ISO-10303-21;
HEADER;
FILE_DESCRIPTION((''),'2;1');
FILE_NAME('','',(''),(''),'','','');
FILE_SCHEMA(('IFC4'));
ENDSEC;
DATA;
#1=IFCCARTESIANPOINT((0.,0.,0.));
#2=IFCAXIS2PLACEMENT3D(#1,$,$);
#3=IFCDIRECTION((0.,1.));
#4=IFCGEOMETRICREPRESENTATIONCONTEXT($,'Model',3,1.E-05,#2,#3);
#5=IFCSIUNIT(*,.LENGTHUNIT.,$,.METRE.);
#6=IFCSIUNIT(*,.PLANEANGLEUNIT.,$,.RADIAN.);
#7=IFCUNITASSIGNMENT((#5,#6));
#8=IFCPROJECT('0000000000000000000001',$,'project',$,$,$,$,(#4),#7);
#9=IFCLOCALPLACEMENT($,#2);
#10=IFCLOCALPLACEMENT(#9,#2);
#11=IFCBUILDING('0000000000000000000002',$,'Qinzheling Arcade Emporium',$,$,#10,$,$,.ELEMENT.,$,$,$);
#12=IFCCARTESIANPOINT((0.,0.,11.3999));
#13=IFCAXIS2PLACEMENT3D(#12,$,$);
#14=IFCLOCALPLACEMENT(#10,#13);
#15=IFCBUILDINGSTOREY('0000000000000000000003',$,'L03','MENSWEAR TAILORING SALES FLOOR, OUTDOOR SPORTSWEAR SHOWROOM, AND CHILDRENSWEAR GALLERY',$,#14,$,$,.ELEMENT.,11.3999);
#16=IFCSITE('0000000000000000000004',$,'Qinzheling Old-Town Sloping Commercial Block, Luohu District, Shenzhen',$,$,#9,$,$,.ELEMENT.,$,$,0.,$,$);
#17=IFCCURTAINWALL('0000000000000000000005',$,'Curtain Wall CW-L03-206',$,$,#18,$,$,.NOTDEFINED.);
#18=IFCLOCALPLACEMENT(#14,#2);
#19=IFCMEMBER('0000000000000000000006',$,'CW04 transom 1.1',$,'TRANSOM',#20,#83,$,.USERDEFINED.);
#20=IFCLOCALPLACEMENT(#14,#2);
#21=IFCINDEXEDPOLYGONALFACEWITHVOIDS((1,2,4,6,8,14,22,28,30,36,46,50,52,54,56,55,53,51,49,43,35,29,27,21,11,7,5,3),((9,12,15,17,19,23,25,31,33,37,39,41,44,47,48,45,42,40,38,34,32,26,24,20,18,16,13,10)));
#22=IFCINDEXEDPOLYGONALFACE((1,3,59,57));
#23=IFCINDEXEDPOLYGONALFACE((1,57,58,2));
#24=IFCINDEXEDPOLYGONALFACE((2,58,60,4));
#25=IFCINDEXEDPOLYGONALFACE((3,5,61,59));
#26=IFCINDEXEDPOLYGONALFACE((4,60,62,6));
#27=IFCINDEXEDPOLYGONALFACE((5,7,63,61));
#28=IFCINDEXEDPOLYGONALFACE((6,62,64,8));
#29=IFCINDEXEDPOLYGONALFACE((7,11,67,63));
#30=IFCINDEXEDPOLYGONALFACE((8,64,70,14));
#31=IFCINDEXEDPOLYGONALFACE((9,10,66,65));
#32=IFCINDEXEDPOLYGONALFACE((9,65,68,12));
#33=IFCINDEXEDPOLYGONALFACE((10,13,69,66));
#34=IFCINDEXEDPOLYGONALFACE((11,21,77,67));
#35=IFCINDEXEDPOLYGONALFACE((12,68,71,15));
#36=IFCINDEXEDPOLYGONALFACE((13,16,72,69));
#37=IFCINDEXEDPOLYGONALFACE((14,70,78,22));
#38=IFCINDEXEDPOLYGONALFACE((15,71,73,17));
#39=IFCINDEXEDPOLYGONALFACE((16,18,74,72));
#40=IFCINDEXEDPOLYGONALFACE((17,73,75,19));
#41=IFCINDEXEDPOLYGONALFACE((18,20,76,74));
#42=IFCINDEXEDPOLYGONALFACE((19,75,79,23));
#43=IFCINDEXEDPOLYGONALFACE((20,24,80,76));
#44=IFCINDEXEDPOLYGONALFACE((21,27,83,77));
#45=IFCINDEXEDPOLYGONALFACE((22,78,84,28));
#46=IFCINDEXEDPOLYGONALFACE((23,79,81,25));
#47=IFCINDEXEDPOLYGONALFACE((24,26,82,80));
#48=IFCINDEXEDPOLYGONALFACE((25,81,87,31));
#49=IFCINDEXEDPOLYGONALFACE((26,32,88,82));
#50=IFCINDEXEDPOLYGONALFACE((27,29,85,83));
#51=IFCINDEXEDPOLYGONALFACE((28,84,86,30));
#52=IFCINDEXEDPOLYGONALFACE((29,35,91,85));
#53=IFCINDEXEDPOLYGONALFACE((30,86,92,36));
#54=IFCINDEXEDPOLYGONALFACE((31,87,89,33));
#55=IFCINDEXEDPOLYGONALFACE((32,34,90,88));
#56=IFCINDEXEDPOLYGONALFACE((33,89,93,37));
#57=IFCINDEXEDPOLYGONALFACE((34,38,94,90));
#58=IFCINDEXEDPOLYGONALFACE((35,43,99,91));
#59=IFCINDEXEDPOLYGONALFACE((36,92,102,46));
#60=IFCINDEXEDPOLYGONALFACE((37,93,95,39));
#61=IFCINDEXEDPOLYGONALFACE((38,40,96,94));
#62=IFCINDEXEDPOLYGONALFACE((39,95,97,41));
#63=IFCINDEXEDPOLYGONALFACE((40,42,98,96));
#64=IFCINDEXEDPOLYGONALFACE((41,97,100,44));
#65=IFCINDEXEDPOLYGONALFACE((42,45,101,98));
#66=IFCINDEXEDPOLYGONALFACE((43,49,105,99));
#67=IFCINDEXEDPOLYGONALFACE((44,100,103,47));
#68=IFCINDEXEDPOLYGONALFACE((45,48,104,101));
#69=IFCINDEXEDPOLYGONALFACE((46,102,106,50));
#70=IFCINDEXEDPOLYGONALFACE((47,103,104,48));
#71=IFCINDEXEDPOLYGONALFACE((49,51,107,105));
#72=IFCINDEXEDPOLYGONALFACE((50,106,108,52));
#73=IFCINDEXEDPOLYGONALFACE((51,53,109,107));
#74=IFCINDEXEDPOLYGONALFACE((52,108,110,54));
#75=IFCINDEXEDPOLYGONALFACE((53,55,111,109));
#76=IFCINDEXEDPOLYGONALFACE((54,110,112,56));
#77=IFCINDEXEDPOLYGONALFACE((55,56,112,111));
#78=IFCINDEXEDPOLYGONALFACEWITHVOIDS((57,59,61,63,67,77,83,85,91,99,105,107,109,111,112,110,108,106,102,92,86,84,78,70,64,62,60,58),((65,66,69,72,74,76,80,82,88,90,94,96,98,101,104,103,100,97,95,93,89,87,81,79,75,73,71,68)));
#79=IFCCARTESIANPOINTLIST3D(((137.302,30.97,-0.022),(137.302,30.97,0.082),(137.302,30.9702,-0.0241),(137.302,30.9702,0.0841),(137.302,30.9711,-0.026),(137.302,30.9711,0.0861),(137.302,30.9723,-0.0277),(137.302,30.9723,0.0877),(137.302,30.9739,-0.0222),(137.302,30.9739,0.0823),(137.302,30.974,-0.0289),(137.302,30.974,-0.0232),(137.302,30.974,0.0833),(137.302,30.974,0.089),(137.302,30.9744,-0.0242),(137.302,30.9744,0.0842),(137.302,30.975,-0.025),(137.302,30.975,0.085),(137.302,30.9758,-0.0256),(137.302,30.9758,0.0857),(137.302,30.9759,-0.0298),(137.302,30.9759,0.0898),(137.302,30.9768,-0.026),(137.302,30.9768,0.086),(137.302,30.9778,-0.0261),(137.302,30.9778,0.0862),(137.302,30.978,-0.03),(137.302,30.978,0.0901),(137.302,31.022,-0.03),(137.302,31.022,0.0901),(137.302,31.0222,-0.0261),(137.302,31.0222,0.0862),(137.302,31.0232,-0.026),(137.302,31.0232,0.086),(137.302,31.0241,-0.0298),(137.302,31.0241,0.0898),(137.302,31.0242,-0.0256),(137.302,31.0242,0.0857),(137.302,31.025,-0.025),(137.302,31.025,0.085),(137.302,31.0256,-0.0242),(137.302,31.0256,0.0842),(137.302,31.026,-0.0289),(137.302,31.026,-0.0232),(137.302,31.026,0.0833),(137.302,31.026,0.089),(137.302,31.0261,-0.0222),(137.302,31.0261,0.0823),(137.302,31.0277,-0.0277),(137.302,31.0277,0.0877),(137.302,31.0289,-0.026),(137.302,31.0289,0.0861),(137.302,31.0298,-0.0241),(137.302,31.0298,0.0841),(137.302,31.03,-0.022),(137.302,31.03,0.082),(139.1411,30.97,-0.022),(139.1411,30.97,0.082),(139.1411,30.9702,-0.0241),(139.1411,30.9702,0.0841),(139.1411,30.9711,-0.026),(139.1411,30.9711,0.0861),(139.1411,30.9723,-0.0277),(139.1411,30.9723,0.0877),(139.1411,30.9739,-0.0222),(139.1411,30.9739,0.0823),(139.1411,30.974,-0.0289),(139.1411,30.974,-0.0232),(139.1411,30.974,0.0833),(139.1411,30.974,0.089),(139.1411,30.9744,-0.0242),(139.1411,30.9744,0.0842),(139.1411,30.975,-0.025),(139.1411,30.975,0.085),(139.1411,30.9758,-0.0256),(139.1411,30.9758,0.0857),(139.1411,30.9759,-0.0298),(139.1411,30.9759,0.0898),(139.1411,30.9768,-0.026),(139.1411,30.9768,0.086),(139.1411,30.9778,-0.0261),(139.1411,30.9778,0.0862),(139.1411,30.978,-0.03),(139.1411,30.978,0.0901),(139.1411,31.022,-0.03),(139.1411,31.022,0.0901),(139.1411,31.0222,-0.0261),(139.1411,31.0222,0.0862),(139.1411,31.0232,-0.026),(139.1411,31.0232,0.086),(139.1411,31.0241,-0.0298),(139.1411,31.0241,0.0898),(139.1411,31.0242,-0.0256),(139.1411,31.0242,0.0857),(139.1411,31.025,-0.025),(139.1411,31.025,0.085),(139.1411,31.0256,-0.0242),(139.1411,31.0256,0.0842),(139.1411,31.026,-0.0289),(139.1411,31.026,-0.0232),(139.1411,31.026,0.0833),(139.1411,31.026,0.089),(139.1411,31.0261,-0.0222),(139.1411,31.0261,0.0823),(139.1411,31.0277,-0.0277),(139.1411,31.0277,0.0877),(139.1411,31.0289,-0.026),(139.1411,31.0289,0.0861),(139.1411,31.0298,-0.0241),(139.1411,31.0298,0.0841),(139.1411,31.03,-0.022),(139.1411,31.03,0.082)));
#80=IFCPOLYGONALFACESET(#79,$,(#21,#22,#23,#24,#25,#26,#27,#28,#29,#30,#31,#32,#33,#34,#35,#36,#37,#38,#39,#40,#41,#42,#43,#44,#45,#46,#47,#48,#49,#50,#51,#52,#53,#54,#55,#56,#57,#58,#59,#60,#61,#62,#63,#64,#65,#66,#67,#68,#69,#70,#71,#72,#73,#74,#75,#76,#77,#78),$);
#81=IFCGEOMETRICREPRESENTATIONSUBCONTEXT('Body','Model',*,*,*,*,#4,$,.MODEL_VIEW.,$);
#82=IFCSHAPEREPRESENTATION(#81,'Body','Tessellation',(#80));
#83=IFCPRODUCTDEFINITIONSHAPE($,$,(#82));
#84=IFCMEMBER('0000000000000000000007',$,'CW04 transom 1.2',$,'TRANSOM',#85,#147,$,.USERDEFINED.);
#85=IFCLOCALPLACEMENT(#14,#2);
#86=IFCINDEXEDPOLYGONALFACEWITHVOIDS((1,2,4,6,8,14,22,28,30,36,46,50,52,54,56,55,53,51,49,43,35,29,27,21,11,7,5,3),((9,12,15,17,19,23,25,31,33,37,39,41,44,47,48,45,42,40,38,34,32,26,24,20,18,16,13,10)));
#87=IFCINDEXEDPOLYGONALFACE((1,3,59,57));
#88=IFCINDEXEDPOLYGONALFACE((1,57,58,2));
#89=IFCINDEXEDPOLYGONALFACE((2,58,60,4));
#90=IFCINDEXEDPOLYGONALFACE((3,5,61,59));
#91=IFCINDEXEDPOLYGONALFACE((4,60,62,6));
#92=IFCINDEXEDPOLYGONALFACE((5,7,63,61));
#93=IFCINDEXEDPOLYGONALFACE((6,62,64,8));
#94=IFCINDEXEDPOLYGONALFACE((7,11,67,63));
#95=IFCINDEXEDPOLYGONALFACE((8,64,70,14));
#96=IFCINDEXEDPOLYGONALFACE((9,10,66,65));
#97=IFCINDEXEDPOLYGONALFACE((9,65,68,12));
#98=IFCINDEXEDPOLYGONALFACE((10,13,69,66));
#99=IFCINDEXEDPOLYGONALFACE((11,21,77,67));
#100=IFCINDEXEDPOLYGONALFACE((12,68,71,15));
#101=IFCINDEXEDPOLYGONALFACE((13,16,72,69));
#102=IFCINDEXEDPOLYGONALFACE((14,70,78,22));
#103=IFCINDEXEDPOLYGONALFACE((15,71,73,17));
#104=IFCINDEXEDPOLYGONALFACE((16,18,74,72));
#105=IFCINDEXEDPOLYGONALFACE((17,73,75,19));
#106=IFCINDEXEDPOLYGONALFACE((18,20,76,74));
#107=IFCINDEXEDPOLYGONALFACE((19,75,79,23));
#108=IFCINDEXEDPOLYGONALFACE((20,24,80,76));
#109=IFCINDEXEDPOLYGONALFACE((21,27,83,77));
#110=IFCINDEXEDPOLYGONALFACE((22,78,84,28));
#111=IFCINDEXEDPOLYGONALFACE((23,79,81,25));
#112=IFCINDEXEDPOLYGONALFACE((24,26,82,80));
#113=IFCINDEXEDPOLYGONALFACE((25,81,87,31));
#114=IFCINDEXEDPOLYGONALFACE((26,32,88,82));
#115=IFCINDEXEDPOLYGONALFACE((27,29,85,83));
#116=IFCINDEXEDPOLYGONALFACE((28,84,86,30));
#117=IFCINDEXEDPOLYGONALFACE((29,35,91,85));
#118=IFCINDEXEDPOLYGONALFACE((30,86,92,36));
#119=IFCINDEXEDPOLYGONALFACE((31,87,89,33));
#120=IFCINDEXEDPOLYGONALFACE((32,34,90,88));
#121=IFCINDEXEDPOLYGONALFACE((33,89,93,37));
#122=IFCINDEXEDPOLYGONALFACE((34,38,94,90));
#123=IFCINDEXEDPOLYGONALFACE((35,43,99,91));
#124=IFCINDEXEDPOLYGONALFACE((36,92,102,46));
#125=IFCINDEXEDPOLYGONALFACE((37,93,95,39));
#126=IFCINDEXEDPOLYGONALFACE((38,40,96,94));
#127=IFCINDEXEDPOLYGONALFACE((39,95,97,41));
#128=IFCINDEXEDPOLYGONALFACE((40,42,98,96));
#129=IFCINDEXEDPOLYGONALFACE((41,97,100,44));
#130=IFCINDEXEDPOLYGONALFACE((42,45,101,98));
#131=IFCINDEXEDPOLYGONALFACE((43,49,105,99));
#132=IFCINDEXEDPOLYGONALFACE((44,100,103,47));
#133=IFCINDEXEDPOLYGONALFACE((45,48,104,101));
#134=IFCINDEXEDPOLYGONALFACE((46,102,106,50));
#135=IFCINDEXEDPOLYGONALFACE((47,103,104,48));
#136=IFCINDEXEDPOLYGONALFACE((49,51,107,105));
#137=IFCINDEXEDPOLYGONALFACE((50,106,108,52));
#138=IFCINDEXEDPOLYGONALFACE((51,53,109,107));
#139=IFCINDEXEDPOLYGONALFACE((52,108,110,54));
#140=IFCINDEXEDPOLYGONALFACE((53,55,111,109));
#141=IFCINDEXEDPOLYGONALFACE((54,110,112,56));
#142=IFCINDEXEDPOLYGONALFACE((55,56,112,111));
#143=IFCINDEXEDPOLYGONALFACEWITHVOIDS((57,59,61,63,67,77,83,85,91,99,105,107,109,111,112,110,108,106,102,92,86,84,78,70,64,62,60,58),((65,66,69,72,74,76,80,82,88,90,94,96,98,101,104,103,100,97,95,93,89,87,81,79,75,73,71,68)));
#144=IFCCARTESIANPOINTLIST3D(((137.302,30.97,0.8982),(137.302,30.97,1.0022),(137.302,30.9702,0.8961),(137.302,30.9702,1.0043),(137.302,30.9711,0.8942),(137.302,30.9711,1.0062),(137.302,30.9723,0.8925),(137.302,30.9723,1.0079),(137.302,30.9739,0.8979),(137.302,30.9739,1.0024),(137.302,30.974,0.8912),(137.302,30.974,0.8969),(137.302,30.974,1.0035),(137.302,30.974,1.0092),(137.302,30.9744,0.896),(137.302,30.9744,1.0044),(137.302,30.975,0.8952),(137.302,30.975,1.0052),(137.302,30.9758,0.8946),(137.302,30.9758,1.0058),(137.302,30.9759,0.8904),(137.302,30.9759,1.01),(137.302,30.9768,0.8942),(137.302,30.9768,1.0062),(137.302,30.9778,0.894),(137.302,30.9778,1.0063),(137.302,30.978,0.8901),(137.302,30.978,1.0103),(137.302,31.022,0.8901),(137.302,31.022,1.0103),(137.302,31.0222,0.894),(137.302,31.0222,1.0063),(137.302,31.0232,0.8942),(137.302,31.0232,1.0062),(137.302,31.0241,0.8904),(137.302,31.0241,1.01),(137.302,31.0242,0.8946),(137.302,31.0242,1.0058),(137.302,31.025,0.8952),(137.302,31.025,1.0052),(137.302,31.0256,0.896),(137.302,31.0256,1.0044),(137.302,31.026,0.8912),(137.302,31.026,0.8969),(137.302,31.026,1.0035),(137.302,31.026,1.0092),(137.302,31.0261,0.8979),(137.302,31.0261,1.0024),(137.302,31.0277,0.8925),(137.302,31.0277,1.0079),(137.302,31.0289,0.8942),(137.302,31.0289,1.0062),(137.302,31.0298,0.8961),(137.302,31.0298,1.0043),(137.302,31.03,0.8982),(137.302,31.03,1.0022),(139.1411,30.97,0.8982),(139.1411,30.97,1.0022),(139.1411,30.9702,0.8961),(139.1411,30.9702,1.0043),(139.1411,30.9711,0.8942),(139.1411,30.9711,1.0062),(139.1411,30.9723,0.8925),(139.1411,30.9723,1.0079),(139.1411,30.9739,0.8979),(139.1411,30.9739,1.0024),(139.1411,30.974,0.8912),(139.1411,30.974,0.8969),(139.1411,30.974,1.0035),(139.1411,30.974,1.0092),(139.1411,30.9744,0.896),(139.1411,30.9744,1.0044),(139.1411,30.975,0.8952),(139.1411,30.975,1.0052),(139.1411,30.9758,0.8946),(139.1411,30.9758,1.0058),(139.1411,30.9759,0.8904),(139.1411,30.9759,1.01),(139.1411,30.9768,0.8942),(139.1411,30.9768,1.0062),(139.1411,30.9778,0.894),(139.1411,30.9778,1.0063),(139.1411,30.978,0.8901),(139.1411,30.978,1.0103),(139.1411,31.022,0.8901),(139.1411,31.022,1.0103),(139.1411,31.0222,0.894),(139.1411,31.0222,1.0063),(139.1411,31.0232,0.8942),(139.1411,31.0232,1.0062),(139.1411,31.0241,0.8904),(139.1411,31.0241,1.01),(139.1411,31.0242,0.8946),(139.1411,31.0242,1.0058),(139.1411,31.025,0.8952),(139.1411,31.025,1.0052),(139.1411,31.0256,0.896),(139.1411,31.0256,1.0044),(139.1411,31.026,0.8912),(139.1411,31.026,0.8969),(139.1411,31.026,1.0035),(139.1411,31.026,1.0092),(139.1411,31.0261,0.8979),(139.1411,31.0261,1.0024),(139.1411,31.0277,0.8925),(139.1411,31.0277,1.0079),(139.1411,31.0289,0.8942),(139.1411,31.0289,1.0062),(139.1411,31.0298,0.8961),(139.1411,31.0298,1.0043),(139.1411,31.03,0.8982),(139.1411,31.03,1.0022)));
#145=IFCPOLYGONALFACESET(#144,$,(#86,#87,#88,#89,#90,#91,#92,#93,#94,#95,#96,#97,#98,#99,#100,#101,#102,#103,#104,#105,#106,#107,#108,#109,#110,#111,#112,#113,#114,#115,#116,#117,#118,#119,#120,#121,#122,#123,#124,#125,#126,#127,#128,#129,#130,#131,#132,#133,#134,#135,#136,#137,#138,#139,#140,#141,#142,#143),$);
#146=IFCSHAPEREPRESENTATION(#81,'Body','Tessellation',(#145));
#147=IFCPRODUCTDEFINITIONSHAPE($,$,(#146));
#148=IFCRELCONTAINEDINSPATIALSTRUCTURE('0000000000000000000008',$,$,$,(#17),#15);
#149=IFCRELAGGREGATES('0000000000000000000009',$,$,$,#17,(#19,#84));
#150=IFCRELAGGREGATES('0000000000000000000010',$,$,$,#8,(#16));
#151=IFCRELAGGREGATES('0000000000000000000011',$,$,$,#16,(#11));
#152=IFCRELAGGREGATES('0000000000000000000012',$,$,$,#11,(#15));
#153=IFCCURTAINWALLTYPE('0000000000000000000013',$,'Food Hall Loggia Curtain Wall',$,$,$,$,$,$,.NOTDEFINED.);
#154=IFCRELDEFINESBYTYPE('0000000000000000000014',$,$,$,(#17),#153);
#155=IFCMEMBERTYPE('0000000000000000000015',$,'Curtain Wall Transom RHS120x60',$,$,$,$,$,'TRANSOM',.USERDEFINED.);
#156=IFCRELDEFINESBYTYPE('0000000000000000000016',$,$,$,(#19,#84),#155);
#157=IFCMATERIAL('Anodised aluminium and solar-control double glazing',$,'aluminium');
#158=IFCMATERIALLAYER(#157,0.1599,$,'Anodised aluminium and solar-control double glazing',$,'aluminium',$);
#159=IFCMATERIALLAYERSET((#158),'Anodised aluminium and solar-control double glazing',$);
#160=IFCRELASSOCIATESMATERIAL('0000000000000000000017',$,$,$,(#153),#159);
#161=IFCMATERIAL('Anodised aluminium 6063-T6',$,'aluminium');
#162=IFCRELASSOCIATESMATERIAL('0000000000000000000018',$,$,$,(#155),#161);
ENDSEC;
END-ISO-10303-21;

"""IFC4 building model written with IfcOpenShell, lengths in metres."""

from ifc_helpers import new_model, si_unit, direction, frame, origin, origin_2d, place, context, subcontext, project, spatial, hollow_rectangle, extrude, material, layer, layer_set, material_profile, profile_set, type_object, element, aggregate, save


model = new_model("IFC4")

# Units and contexts
model_context = context("Model", 3, precision=1e-05, world=origin(), true_north=direction((0.0, 1.0)))
body_context = subcontext(model_context, "Body", "Model", "MODEL_VIEW")
ifc_project = project(units=[si_unit("LENGTHUNIT", "METRE"), si_unit("PLANEANGLEUNIT", "RADIAN")], contexts=[model_context])

# Site, building, storey
site_placement = place(None, origin())
site = spatial("IfcSite", under=ifc_project, at=site_placement, Name="Qinzheling Old-Town Sloping Commercial Block, Luohu District, Shenzhen", CompositionType="ELEMENT", RefElevation=0.0)
building_placement = place(site_placement, origin())
building = spatial("IfcBuilding", under=site, at=building_placement, Name="Qinzheling Arcade Emporium", CompositionType="ELEMENT")
storey_placement = place(building_placement, frame((0.0, 0.0, 11.3999)))
storey = spatial("IfcBuildingStorey", under=building, at=storey_placement, Name="L03", Description="MENSWEAR TAILORING SALES FLOOR, OUTDOOR SPORTSWEAR SHOWROOM, AND CHILDRENSWEAR GALLERY", CompositionType="ELEMENT", Elevation=11.3999)

# Curtain wall, members
ifc_material_1 = material(Name="Anodised aluminium and solar-control double glazing", Category="aluminium")
ifc_layer_1 = layer(ifc_material_1, 0.1599, Name="Anodised aluminium and solar-control double glazing", Category="aluminium")
ifc_layer_set_1 = layer_set([ifc_layer_1], Name="Anodised aluminium and solar-control double glazing")
curtain_wall_type = type_object("IfcCurtainWallType", Name="Food Hall Loggia Curtain Wall", PredefinedType="NOTDEFINED", material=ifc_layer_set_1)
curtain_wall_placement = place(storey_placement, origin())
curtain_wall = element("IfcCurtainWall", 1, at=curtain_wall_placement, inside=storey, type_object=curtain_wall_type, Name="Curtain Wall CW-L03-206", PredefinedType="NOTDEFINED")
ifc_material_2 = material(Name="Anodised aluminium 6063-T6", Category="aluminium")
ifc_material_profile_1 = material_profile(ifc_material_2, hollow_rectangle(XDim=0.0601, YDim=0.1201, WallThickness=0.0039, InnerFilletRadius=0.0039, OuterFilletRadius=0.0081, at=origin_2d()), Name="RHS 120x60x4", Category="aluminium")
ifc_profile_set_1 = profile_set([ifc_material_profile_1], Name="Anodised aluminium 6063-T6")
member_type_1 = type_object("IfcMemberType", Name="Curtain Wall Transom RHS120x60", ElementType="TRANSOM", PredefinedType="USERDEFINED", material=ifc_profile_set_1)
member_1_placement = place(storey_placement, frame((137.302, 31.0, 0.03), z_axis=(1.0, 0.0, 0.0), x_axis=(0.0, 1.0, 0.0)))
member_1 = element("IfcMember", 2, at=member_1_placement, type_object=member_type_1, Name="CW04 transom 1.1", ObjectType="TRANSOM", PredefinedType="USERDEFINED", context=body_context, shape_type="SweptSolid", body=[
    extrude(hollow_rectangle(XDim=0.0601, YDim=0.1201, WallThickness=0.0039, InnerFilletRadius=0.0039, OuterFilletRadius=0.0081, at=origin_2d()), origin(), (0.0, 0.0, 1.0), 1.8391),
])
member_2_placement = place(storey_placement, frame((137.302, 31.0, 0.9502), z_axis=(1.0, 0.0, 0.0), x_axis=(0.0, 1.0, 0.0)))
member_2 = element("IfcMember", 3, at=member_2_placement, type_object=member_type_1, Name="CW04 transom 1.2", ObjectType="TRANSOM", PredefinedType="USERDEFINED", context=body_context, shape_type="SweptSolid", body=[
    extrude(hollow_rectangle(XDim=0.0601, YDim=0.1201, WallThickness=0.0039, InnerFilletRadius=0.0039, OuterFilletRadius=0.0081, at=origin_2d()), origin(), (0.0, 0.0, 1.0), 1.8391),
])

aggregate(curtain_wall, [member_1, member_2])

save(model, "model.ifc")
